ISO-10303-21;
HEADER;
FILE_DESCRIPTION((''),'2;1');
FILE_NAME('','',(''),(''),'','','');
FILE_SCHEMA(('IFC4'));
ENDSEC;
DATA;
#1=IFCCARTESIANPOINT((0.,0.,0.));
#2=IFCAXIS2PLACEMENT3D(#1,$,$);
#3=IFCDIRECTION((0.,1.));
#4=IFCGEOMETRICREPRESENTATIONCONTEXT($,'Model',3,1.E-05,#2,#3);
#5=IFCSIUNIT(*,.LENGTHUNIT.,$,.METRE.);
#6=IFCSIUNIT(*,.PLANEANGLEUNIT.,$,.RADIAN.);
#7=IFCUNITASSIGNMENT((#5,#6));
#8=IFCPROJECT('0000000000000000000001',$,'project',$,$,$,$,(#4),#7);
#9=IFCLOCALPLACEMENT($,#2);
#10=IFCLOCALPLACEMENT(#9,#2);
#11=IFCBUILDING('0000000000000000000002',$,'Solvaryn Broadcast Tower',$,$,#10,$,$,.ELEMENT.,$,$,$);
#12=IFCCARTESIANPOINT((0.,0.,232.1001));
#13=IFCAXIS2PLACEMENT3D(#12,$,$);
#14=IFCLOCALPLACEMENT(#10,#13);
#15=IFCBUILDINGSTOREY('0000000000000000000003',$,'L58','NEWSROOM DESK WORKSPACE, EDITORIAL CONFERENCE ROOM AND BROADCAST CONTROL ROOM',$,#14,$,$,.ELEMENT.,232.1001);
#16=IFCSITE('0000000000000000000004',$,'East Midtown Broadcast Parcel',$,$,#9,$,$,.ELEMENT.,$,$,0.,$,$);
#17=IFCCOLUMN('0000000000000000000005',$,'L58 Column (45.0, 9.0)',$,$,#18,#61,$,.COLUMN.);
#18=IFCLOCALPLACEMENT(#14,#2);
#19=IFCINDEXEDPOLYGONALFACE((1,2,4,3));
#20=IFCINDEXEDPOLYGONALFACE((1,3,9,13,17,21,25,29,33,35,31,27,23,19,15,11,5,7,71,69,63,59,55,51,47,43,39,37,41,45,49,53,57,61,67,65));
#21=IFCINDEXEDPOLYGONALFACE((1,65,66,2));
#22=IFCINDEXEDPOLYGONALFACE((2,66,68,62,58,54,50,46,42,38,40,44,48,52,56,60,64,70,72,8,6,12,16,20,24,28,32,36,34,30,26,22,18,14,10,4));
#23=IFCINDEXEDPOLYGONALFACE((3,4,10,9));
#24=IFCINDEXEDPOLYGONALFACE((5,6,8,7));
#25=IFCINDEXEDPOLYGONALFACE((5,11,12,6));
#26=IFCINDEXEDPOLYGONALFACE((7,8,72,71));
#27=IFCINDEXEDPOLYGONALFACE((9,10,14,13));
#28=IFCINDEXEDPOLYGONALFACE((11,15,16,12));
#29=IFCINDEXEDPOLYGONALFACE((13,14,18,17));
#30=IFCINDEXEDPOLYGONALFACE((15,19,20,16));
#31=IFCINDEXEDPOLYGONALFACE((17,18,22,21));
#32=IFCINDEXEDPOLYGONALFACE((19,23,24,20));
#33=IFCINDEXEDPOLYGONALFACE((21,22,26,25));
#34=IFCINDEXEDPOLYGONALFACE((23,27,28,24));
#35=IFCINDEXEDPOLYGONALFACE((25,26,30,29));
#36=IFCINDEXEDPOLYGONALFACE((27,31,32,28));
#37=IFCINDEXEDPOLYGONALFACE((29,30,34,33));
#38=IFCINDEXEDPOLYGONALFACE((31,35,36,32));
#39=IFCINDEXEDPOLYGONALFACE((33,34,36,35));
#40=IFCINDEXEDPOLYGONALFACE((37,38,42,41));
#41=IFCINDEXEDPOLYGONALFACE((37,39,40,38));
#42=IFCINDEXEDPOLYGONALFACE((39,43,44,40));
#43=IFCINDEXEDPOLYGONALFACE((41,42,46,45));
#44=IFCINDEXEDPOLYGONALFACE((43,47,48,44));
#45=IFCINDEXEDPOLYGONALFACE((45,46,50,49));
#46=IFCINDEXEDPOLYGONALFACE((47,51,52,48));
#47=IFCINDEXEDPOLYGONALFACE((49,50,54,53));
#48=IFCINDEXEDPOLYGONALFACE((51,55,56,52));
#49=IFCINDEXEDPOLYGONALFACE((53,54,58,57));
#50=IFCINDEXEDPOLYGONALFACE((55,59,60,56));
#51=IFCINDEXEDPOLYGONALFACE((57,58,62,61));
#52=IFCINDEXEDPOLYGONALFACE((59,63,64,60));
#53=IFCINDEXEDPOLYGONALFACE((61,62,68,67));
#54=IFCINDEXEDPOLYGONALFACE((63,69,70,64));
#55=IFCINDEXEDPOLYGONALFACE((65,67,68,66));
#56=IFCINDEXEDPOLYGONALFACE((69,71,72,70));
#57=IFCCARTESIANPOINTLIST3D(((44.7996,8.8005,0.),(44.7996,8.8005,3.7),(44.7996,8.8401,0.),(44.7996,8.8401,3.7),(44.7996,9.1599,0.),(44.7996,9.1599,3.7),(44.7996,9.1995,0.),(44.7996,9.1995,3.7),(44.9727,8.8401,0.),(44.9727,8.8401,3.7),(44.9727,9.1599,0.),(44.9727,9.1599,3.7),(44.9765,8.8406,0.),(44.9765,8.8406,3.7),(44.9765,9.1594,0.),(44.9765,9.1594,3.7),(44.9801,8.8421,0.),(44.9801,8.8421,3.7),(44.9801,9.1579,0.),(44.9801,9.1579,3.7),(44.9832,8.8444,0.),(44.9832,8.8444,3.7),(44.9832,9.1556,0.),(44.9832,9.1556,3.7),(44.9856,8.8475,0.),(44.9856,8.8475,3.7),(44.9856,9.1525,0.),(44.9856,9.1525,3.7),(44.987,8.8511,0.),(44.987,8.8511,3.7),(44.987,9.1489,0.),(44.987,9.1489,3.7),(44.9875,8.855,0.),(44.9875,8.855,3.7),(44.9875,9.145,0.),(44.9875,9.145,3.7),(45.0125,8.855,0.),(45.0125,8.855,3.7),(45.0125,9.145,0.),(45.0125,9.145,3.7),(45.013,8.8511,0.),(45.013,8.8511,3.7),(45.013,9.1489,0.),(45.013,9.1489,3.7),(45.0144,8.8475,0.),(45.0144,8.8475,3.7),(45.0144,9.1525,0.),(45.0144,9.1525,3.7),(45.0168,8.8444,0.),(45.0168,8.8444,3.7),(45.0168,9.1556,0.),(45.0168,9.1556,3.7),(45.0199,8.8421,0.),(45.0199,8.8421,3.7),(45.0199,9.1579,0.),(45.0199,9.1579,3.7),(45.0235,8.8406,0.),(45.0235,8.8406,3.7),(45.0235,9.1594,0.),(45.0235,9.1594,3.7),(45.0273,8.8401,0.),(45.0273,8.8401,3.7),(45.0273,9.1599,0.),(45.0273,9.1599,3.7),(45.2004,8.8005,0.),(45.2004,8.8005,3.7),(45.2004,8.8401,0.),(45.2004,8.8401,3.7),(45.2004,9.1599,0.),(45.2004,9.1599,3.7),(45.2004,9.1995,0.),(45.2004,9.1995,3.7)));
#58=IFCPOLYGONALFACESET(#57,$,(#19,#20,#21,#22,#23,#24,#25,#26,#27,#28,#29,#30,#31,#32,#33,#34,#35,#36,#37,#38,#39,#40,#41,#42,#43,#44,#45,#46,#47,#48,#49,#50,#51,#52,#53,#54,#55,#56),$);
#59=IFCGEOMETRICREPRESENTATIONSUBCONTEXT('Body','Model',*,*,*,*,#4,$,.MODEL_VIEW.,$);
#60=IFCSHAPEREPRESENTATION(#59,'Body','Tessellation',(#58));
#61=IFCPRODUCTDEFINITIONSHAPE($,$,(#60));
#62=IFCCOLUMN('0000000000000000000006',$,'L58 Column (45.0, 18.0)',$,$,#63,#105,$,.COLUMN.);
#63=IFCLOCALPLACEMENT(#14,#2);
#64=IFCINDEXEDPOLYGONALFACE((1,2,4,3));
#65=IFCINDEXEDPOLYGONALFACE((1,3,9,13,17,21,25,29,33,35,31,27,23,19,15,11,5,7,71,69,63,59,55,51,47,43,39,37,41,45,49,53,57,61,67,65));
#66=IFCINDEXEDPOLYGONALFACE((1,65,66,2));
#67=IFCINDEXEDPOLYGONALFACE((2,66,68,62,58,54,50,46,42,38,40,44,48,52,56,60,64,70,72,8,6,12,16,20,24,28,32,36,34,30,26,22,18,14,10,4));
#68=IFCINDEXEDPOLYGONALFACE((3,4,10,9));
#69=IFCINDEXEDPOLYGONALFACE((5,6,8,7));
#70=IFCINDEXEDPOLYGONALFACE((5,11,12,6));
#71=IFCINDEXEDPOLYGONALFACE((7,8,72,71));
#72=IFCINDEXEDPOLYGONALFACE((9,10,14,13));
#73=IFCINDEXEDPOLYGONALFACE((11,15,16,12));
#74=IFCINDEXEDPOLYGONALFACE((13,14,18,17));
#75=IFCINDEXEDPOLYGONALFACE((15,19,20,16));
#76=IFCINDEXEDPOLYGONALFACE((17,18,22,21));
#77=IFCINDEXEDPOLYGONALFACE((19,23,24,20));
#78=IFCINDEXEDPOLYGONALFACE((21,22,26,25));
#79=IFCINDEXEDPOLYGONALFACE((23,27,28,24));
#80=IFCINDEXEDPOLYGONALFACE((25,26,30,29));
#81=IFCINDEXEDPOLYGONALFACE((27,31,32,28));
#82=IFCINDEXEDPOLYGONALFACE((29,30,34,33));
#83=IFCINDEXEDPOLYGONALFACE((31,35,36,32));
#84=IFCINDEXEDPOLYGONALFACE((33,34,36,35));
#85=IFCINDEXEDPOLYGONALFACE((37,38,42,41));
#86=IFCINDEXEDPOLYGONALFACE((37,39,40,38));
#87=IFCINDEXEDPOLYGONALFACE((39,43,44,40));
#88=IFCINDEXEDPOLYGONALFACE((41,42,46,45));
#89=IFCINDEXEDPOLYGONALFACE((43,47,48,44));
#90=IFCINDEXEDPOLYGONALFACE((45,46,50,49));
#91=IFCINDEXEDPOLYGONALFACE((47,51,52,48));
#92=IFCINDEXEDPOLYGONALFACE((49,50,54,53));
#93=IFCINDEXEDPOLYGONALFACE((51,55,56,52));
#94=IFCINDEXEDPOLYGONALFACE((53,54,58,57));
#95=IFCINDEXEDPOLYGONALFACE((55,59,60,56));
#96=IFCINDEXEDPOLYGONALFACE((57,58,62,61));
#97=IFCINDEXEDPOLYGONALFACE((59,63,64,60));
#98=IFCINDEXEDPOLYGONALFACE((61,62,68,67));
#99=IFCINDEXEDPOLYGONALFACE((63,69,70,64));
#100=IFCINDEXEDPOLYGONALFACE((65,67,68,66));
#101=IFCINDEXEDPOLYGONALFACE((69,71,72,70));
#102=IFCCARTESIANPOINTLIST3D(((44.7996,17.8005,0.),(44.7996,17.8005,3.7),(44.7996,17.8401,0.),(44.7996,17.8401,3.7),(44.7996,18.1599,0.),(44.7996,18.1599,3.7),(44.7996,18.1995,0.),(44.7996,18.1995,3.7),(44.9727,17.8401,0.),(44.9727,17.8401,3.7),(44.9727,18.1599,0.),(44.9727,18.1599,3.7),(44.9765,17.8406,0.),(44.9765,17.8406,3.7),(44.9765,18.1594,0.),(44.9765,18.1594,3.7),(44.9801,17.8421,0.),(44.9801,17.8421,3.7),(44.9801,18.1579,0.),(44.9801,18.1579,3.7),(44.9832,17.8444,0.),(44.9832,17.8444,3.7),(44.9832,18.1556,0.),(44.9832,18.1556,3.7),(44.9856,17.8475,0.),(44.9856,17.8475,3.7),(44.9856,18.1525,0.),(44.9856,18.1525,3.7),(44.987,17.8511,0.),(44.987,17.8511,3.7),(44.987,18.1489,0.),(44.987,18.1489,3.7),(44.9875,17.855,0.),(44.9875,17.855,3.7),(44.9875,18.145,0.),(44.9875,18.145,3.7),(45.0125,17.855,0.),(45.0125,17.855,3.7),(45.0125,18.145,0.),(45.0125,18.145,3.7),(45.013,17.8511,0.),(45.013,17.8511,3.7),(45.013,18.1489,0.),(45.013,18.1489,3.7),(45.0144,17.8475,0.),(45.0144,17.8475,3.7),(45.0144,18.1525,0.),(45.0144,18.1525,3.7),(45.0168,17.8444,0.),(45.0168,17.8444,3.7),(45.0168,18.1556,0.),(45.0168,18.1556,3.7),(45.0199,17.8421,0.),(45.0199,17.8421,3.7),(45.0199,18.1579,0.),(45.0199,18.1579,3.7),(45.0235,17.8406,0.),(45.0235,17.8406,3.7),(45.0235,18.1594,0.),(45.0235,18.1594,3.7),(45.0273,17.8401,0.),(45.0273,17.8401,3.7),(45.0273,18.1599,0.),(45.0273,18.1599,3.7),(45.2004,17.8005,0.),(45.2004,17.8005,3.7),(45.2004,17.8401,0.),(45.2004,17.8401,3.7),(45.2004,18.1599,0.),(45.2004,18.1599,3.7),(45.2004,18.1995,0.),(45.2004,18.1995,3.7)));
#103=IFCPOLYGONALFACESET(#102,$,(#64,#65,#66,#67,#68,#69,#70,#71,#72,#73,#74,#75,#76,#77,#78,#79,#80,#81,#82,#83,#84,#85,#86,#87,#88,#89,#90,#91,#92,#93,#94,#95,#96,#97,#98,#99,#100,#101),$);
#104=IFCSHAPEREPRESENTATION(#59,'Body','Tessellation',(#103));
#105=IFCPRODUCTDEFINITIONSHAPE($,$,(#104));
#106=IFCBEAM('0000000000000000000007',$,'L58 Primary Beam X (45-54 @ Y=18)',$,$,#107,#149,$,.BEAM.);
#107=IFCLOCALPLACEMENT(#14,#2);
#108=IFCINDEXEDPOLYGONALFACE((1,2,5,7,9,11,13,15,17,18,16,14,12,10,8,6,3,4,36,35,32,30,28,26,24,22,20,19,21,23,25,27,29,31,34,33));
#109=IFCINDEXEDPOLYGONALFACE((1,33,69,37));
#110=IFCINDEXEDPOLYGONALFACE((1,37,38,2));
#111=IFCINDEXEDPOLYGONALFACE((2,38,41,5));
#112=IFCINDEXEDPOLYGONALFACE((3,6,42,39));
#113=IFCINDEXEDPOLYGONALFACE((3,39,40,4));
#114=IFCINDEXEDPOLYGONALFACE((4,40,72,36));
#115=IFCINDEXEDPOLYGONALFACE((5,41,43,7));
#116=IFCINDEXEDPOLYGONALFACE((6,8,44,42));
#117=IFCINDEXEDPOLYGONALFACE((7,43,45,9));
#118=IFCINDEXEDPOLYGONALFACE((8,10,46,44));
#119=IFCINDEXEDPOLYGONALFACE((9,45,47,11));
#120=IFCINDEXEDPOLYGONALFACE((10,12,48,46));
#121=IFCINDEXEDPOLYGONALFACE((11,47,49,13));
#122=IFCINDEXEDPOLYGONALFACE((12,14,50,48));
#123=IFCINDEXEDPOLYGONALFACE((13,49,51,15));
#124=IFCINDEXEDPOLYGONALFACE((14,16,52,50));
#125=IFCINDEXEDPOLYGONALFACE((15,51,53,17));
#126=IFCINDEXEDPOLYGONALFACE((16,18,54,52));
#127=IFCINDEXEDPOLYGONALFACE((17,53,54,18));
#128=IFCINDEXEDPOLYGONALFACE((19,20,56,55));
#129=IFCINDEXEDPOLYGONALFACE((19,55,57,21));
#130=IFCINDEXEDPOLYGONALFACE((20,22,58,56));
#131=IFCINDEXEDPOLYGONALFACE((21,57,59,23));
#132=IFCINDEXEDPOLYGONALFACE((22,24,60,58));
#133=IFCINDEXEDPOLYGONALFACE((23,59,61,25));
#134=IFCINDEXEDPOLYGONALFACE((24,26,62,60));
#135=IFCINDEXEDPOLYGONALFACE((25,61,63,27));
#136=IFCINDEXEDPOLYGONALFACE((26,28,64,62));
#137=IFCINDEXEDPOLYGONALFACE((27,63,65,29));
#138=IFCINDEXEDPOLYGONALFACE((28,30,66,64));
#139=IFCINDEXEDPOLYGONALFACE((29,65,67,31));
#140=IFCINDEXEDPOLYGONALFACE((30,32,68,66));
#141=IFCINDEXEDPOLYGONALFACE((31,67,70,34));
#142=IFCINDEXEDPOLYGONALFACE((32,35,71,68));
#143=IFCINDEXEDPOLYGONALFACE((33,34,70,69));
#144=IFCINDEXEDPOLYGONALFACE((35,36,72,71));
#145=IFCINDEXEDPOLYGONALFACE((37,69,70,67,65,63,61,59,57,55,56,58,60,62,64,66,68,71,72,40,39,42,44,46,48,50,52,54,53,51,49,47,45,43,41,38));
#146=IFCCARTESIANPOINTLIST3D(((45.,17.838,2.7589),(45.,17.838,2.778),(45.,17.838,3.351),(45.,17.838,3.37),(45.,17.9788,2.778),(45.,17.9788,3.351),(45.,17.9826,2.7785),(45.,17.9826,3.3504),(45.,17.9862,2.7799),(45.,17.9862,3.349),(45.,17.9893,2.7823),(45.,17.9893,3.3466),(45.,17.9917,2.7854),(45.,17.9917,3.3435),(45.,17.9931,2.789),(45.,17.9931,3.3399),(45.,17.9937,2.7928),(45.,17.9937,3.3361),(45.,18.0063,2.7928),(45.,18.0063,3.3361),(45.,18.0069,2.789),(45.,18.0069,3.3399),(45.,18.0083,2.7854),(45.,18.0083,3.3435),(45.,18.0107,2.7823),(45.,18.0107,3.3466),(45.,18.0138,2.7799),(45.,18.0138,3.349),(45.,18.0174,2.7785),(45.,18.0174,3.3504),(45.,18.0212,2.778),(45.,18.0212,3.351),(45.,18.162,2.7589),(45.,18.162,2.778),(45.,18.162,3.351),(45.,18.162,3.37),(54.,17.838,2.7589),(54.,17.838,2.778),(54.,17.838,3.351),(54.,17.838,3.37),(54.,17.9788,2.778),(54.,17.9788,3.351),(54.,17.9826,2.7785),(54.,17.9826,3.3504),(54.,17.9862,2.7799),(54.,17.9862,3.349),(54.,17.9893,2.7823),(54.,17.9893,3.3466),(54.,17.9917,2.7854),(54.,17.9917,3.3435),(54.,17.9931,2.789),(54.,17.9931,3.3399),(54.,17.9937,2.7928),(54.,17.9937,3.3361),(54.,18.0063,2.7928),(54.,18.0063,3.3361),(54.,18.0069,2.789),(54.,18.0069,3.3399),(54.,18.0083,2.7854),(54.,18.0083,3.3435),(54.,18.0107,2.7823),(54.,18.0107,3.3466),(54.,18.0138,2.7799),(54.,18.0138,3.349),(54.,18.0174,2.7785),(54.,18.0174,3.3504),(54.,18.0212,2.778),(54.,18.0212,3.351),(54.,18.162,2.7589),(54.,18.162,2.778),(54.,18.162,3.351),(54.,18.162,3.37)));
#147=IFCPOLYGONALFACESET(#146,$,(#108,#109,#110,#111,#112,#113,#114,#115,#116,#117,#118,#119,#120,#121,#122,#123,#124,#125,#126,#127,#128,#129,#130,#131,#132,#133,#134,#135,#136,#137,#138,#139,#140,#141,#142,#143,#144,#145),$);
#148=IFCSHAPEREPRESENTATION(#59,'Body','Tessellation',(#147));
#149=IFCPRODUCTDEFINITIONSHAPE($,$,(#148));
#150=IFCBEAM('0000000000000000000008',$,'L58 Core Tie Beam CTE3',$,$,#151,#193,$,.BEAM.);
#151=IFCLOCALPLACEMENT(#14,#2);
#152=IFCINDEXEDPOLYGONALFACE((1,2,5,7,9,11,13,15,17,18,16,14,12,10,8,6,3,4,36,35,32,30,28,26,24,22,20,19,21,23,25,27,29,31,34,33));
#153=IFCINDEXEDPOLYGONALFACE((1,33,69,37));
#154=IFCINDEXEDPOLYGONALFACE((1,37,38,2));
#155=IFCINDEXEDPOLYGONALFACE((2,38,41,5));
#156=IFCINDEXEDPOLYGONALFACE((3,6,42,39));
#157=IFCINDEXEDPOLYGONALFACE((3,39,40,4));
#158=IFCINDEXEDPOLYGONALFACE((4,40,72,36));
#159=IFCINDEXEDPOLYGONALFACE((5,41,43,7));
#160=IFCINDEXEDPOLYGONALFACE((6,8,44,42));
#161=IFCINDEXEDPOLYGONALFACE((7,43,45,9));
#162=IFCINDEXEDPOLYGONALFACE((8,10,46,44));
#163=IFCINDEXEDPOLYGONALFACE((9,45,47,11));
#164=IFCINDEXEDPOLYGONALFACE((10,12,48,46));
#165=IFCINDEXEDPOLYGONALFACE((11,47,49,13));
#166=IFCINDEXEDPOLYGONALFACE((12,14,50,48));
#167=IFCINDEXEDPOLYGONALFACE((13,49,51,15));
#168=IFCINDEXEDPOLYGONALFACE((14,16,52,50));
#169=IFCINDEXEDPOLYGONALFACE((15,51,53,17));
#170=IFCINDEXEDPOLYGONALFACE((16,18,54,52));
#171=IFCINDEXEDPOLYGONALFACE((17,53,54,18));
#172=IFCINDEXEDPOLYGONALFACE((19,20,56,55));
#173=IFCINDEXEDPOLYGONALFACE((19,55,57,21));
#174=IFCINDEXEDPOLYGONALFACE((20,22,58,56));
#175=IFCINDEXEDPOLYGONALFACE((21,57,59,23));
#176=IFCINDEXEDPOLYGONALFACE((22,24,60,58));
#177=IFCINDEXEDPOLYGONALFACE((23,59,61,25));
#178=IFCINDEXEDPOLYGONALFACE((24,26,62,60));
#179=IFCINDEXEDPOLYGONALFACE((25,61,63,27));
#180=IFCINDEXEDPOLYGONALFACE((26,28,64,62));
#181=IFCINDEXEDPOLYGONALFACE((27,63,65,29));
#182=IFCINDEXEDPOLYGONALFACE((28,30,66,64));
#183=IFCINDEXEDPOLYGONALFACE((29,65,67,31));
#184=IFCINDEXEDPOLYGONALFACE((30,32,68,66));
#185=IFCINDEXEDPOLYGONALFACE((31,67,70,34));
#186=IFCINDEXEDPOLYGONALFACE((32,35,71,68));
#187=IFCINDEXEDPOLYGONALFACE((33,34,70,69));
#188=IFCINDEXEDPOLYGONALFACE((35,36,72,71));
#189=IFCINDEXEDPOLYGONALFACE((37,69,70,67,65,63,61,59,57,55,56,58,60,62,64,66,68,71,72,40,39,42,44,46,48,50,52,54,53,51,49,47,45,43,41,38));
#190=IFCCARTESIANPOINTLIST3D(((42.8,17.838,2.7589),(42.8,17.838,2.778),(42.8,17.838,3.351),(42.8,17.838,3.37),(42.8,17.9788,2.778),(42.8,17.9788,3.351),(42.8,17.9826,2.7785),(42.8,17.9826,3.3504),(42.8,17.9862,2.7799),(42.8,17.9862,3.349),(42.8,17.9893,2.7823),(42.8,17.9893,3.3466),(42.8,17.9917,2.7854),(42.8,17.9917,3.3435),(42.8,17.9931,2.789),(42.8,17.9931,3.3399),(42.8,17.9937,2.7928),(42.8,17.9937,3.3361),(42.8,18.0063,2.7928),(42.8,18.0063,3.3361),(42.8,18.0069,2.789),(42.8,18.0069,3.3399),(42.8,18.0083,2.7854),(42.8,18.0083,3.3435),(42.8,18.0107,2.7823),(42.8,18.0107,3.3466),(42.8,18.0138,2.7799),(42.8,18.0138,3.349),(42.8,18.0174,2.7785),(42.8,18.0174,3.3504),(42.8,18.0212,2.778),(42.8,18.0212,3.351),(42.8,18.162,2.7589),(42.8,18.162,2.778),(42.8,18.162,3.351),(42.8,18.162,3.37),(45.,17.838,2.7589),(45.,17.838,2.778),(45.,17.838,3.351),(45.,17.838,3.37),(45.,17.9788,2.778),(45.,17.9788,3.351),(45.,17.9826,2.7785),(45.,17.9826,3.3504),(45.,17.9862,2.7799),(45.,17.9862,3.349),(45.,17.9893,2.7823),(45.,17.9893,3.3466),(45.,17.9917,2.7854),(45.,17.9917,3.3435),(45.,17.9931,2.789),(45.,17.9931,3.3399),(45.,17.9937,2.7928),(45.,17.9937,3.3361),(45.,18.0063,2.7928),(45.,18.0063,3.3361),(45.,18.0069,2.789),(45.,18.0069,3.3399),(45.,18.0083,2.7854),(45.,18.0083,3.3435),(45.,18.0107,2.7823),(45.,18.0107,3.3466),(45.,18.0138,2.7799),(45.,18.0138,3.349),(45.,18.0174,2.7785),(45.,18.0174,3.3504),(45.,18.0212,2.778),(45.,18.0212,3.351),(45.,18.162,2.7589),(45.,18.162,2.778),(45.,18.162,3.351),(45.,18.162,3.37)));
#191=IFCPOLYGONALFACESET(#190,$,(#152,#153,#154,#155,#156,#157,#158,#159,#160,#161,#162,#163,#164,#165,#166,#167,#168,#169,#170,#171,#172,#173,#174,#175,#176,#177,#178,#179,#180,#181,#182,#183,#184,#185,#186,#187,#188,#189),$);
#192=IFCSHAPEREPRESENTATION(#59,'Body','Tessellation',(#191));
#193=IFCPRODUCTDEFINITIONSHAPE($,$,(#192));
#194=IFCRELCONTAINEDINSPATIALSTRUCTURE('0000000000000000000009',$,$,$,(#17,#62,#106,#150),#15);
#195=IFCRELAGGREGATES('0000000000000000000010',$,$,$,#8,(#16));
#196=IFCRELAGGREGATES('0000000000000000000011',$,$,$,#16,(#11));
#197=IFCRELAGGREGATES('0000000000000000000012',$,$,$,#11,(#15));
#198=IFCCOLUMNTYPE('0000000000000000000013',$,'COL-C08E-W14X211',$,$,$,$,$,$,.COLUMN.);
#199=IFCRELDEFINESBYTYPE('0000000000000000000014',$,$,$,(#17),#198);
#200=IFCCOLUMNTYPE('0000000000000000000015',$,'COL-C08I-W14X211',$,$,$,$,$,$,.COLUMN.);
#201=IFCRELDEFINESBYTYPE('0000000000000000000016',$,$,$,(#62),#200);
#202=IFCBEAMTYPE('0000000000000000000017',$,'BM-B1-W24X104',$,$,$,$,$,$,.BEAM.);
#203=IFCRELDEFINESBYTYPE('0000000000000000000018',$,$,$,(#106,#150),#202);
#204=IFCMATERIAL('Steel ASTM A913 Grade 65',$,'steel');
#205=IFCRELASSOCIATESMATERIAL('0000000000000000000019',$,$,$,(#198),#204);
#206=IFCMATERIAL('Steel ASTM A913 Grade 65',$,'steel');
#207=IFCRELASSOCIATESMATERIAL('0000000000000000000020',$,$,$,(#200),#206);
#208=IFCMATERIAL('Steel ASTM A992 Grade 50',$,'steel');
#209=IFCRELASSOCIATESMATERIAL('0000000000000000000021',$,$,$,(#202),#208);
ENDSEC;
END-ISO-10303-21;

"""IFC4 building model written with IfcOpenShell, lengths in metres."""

from ifc_helpers import new_model, si_unit, direction, frame, origin, origin_2d, place, context, subcontext, project, spatial, i_section, extrude, material, material_profile, profile_set, type_object, element, save


model = new_model("IFC4")

# Units and contexts
model_context = context("Model", 3, precision=1e-05, world=origin(), true_north=direction((0.0, 1.0)))
body_context = subcontext(model_context, "Body", "Model", "MODEL_VIEW")
ifc_project = project(units=[si_unit("LENGTHUNIT", "METRE"), si_unit("PLANEANGLEUNIT", "RADIAN")], contexts=[model_context])

# Site, building, storey
site_placement = place(None, origin())
site = spatial("IfcSite", under=ifc_project, at=site_placement, Name="East Midtown Broadcast Parcel", CompositionType="ELEMENT", RefElevation=0.0)
building_placement = place(site_placement, origin())
building = spatial("IfcBuilding", under=site, at=building_placement, Name="Solvaryn Broadcast Tower", CompositionType="ELEMENT")
storey_placement = place(building_placement, frame((0.0, 0.0, 232.1001)))
storey = spatial("IfcBuildingStorey", under=building, at=storey_placement, Name="L58", Description="NEWSROOM DESK WORKSPACE, EDITORIAL CONFERENCE ROOM AND BROADCAST CONTROL ROOM", CompositionType="ELEMENT", Elevation=232.1001)

# Columns
ifc_material_1 = material(Name="Steel ASTM A913 Grade 65", Category="steel")
ifc_material_profile_1 = material_profile(ifc_material_1, i_section(OverallWidth=0.4009, OverallDepth=0.3989, WebThickness=0.0249, FlangeThickness=0.0396, FilletRadius=0.0149, at=origin_2d()))
ifc_profile_set_1 = profile_set([ifc_material_profile_1], Name="Steel ASTM A913 Grade 65")
column_type_1 = type_object("IfcColumnType", Name="COL-C08E-W14X211", PredefinedType="COLUMN", material=ifc_profile_set_1)
column_1_placement = place(storey_placement, frame((45.0, 9.0, 0.0), z_axis=(0.0, 0.0, 1.0), x_axis=(1.0, 0.0, 0.0)))
element("IfcColumn", 1, at=column_1_placement, inside=storey, type_object=column_type_1, Name="L58 Column (45.0, 9.0)", PredefinedType="COLUMN", context=body_context, shape_type="SweptSolid", body=[
    extrude(i_section(OverallWidth=0.4009, OverallDepth=0.3989, WebThickness=0.0249, FlangeThickness=0.0396, FilletRadius=0.0149, at=origin_2d()), origin(), (0.0, 0.0, 1.0), 3.7),
])
ifc_material_2 = material(Name="Steel ASTM A913 Grade 65", Category="steel")
ifc_material_profile_2 = material_profile(ifc_material_2, i_section(OverallWidth=0.4009, OverallDepth=0.3989, WebThickness=0.0249, FlangeThickness=0.0396, FilletRadius=0.0149, at=origin_2d()))
ifc_profile_set_2 = profile_set([ifc_material_profile_2], Name="Steel ASTM A913 Grade 65")
column_type_2 = type_object("IfcColumnType", Name="COL-C08I-W14X211", PredefinedType="COLUMN", material=ifc_profile_set_2)
column_2_placement = place(storey_placement, frame((45.0, 18.0, 0.0), z_axis=(0.0, 0.0, 1.0), x_axis=(1.0, 0.0, 0.0)))
element("IfcColumn", 2, at=column_2_placement, inside=storey, type_object=column_type_2, Name="L58 Column (45.0, 18.0)", PredefinedType="COLUMN", context=body_context, shape_type="SweptSolid", body=[
    extrude(i_section(OverallWidth=0.4009, OverallDepth=0.3989, WebThickness=0.0249, FlangeThickness=0.0396, FilletRadius=0.0149, at=origin_2d()), origin(), (0.0, 0.0, 1.0), 3.7),
])

# Beams
ifc_material_3 = material(Name="Steel ASTM A992 Grade 50", Category="steel")
ifc_material_profile_3 = material_profile(ifc_material_3, i_section(OverallWidth=0.324, OverallDepth=0.6111, WebThickness=0.0127, FlangeThickness=0.019, FilletRadius=0.0149, at=origin_2d()))
ifc_profile_set_3 = profile_set([ifc_material_profile_3], Name="Steel ASTM A992 Grade 50")
beam_type_1 = type_object("IfcBeamType", Name="BM-B1-W24X104", PredefinedType="BEAM", material=ifc_profile_set_3)
beam_1_placement = place(storey_placement, frame((45.0, 18.0, 3.0645), z_axis=(1.0, 0.0, 0.0), x_axis=(0.0, 1.0, 0.0)))
element("IfcBeam", 3, at=beam_1_placement, inside=storey, type_object=beam_type_1, Name="L58 Primary Beam X (45-54 @ Y=18)", PredefinedType="BEAM", context=body_context, shape_type="SweptSolid", body=[
    extrude(i_section(OverallWidth=0.324, OverallDepth=0.6111, WebThickness=0.0127, FlangeThickness=0.019, FilletRadius=0.0149, at=origin_2d()), origin(), (0.0, 0.0, 1.0), 9.0),
])
beam_2_placement = place(storey_placement, frame((42.8, 18.0, 3.0645), z_axis=(1.0, 0.0, 0.0), x_axis=(0.0, 1.0, 0.0)))
element("IfcBeam", 4, at=beam_2_placement, inside=storey, type_object=beam_type_1, Name="L58 Core Tie Beam CTE3", PredefinedType="BEAM", context=body_context, shape_type="SweptSolid", body=[
    extrude(i_section(OverallWidth=0.324, OverallDepth=0.6111, WebThickness=0.0127, FlangeThickness=0.019, FilletRadius=0.0149, at=origin_2d()), origin(), (0.0, 0.0, 1.0), 2.2),
])

save(model, "model.ifc")
